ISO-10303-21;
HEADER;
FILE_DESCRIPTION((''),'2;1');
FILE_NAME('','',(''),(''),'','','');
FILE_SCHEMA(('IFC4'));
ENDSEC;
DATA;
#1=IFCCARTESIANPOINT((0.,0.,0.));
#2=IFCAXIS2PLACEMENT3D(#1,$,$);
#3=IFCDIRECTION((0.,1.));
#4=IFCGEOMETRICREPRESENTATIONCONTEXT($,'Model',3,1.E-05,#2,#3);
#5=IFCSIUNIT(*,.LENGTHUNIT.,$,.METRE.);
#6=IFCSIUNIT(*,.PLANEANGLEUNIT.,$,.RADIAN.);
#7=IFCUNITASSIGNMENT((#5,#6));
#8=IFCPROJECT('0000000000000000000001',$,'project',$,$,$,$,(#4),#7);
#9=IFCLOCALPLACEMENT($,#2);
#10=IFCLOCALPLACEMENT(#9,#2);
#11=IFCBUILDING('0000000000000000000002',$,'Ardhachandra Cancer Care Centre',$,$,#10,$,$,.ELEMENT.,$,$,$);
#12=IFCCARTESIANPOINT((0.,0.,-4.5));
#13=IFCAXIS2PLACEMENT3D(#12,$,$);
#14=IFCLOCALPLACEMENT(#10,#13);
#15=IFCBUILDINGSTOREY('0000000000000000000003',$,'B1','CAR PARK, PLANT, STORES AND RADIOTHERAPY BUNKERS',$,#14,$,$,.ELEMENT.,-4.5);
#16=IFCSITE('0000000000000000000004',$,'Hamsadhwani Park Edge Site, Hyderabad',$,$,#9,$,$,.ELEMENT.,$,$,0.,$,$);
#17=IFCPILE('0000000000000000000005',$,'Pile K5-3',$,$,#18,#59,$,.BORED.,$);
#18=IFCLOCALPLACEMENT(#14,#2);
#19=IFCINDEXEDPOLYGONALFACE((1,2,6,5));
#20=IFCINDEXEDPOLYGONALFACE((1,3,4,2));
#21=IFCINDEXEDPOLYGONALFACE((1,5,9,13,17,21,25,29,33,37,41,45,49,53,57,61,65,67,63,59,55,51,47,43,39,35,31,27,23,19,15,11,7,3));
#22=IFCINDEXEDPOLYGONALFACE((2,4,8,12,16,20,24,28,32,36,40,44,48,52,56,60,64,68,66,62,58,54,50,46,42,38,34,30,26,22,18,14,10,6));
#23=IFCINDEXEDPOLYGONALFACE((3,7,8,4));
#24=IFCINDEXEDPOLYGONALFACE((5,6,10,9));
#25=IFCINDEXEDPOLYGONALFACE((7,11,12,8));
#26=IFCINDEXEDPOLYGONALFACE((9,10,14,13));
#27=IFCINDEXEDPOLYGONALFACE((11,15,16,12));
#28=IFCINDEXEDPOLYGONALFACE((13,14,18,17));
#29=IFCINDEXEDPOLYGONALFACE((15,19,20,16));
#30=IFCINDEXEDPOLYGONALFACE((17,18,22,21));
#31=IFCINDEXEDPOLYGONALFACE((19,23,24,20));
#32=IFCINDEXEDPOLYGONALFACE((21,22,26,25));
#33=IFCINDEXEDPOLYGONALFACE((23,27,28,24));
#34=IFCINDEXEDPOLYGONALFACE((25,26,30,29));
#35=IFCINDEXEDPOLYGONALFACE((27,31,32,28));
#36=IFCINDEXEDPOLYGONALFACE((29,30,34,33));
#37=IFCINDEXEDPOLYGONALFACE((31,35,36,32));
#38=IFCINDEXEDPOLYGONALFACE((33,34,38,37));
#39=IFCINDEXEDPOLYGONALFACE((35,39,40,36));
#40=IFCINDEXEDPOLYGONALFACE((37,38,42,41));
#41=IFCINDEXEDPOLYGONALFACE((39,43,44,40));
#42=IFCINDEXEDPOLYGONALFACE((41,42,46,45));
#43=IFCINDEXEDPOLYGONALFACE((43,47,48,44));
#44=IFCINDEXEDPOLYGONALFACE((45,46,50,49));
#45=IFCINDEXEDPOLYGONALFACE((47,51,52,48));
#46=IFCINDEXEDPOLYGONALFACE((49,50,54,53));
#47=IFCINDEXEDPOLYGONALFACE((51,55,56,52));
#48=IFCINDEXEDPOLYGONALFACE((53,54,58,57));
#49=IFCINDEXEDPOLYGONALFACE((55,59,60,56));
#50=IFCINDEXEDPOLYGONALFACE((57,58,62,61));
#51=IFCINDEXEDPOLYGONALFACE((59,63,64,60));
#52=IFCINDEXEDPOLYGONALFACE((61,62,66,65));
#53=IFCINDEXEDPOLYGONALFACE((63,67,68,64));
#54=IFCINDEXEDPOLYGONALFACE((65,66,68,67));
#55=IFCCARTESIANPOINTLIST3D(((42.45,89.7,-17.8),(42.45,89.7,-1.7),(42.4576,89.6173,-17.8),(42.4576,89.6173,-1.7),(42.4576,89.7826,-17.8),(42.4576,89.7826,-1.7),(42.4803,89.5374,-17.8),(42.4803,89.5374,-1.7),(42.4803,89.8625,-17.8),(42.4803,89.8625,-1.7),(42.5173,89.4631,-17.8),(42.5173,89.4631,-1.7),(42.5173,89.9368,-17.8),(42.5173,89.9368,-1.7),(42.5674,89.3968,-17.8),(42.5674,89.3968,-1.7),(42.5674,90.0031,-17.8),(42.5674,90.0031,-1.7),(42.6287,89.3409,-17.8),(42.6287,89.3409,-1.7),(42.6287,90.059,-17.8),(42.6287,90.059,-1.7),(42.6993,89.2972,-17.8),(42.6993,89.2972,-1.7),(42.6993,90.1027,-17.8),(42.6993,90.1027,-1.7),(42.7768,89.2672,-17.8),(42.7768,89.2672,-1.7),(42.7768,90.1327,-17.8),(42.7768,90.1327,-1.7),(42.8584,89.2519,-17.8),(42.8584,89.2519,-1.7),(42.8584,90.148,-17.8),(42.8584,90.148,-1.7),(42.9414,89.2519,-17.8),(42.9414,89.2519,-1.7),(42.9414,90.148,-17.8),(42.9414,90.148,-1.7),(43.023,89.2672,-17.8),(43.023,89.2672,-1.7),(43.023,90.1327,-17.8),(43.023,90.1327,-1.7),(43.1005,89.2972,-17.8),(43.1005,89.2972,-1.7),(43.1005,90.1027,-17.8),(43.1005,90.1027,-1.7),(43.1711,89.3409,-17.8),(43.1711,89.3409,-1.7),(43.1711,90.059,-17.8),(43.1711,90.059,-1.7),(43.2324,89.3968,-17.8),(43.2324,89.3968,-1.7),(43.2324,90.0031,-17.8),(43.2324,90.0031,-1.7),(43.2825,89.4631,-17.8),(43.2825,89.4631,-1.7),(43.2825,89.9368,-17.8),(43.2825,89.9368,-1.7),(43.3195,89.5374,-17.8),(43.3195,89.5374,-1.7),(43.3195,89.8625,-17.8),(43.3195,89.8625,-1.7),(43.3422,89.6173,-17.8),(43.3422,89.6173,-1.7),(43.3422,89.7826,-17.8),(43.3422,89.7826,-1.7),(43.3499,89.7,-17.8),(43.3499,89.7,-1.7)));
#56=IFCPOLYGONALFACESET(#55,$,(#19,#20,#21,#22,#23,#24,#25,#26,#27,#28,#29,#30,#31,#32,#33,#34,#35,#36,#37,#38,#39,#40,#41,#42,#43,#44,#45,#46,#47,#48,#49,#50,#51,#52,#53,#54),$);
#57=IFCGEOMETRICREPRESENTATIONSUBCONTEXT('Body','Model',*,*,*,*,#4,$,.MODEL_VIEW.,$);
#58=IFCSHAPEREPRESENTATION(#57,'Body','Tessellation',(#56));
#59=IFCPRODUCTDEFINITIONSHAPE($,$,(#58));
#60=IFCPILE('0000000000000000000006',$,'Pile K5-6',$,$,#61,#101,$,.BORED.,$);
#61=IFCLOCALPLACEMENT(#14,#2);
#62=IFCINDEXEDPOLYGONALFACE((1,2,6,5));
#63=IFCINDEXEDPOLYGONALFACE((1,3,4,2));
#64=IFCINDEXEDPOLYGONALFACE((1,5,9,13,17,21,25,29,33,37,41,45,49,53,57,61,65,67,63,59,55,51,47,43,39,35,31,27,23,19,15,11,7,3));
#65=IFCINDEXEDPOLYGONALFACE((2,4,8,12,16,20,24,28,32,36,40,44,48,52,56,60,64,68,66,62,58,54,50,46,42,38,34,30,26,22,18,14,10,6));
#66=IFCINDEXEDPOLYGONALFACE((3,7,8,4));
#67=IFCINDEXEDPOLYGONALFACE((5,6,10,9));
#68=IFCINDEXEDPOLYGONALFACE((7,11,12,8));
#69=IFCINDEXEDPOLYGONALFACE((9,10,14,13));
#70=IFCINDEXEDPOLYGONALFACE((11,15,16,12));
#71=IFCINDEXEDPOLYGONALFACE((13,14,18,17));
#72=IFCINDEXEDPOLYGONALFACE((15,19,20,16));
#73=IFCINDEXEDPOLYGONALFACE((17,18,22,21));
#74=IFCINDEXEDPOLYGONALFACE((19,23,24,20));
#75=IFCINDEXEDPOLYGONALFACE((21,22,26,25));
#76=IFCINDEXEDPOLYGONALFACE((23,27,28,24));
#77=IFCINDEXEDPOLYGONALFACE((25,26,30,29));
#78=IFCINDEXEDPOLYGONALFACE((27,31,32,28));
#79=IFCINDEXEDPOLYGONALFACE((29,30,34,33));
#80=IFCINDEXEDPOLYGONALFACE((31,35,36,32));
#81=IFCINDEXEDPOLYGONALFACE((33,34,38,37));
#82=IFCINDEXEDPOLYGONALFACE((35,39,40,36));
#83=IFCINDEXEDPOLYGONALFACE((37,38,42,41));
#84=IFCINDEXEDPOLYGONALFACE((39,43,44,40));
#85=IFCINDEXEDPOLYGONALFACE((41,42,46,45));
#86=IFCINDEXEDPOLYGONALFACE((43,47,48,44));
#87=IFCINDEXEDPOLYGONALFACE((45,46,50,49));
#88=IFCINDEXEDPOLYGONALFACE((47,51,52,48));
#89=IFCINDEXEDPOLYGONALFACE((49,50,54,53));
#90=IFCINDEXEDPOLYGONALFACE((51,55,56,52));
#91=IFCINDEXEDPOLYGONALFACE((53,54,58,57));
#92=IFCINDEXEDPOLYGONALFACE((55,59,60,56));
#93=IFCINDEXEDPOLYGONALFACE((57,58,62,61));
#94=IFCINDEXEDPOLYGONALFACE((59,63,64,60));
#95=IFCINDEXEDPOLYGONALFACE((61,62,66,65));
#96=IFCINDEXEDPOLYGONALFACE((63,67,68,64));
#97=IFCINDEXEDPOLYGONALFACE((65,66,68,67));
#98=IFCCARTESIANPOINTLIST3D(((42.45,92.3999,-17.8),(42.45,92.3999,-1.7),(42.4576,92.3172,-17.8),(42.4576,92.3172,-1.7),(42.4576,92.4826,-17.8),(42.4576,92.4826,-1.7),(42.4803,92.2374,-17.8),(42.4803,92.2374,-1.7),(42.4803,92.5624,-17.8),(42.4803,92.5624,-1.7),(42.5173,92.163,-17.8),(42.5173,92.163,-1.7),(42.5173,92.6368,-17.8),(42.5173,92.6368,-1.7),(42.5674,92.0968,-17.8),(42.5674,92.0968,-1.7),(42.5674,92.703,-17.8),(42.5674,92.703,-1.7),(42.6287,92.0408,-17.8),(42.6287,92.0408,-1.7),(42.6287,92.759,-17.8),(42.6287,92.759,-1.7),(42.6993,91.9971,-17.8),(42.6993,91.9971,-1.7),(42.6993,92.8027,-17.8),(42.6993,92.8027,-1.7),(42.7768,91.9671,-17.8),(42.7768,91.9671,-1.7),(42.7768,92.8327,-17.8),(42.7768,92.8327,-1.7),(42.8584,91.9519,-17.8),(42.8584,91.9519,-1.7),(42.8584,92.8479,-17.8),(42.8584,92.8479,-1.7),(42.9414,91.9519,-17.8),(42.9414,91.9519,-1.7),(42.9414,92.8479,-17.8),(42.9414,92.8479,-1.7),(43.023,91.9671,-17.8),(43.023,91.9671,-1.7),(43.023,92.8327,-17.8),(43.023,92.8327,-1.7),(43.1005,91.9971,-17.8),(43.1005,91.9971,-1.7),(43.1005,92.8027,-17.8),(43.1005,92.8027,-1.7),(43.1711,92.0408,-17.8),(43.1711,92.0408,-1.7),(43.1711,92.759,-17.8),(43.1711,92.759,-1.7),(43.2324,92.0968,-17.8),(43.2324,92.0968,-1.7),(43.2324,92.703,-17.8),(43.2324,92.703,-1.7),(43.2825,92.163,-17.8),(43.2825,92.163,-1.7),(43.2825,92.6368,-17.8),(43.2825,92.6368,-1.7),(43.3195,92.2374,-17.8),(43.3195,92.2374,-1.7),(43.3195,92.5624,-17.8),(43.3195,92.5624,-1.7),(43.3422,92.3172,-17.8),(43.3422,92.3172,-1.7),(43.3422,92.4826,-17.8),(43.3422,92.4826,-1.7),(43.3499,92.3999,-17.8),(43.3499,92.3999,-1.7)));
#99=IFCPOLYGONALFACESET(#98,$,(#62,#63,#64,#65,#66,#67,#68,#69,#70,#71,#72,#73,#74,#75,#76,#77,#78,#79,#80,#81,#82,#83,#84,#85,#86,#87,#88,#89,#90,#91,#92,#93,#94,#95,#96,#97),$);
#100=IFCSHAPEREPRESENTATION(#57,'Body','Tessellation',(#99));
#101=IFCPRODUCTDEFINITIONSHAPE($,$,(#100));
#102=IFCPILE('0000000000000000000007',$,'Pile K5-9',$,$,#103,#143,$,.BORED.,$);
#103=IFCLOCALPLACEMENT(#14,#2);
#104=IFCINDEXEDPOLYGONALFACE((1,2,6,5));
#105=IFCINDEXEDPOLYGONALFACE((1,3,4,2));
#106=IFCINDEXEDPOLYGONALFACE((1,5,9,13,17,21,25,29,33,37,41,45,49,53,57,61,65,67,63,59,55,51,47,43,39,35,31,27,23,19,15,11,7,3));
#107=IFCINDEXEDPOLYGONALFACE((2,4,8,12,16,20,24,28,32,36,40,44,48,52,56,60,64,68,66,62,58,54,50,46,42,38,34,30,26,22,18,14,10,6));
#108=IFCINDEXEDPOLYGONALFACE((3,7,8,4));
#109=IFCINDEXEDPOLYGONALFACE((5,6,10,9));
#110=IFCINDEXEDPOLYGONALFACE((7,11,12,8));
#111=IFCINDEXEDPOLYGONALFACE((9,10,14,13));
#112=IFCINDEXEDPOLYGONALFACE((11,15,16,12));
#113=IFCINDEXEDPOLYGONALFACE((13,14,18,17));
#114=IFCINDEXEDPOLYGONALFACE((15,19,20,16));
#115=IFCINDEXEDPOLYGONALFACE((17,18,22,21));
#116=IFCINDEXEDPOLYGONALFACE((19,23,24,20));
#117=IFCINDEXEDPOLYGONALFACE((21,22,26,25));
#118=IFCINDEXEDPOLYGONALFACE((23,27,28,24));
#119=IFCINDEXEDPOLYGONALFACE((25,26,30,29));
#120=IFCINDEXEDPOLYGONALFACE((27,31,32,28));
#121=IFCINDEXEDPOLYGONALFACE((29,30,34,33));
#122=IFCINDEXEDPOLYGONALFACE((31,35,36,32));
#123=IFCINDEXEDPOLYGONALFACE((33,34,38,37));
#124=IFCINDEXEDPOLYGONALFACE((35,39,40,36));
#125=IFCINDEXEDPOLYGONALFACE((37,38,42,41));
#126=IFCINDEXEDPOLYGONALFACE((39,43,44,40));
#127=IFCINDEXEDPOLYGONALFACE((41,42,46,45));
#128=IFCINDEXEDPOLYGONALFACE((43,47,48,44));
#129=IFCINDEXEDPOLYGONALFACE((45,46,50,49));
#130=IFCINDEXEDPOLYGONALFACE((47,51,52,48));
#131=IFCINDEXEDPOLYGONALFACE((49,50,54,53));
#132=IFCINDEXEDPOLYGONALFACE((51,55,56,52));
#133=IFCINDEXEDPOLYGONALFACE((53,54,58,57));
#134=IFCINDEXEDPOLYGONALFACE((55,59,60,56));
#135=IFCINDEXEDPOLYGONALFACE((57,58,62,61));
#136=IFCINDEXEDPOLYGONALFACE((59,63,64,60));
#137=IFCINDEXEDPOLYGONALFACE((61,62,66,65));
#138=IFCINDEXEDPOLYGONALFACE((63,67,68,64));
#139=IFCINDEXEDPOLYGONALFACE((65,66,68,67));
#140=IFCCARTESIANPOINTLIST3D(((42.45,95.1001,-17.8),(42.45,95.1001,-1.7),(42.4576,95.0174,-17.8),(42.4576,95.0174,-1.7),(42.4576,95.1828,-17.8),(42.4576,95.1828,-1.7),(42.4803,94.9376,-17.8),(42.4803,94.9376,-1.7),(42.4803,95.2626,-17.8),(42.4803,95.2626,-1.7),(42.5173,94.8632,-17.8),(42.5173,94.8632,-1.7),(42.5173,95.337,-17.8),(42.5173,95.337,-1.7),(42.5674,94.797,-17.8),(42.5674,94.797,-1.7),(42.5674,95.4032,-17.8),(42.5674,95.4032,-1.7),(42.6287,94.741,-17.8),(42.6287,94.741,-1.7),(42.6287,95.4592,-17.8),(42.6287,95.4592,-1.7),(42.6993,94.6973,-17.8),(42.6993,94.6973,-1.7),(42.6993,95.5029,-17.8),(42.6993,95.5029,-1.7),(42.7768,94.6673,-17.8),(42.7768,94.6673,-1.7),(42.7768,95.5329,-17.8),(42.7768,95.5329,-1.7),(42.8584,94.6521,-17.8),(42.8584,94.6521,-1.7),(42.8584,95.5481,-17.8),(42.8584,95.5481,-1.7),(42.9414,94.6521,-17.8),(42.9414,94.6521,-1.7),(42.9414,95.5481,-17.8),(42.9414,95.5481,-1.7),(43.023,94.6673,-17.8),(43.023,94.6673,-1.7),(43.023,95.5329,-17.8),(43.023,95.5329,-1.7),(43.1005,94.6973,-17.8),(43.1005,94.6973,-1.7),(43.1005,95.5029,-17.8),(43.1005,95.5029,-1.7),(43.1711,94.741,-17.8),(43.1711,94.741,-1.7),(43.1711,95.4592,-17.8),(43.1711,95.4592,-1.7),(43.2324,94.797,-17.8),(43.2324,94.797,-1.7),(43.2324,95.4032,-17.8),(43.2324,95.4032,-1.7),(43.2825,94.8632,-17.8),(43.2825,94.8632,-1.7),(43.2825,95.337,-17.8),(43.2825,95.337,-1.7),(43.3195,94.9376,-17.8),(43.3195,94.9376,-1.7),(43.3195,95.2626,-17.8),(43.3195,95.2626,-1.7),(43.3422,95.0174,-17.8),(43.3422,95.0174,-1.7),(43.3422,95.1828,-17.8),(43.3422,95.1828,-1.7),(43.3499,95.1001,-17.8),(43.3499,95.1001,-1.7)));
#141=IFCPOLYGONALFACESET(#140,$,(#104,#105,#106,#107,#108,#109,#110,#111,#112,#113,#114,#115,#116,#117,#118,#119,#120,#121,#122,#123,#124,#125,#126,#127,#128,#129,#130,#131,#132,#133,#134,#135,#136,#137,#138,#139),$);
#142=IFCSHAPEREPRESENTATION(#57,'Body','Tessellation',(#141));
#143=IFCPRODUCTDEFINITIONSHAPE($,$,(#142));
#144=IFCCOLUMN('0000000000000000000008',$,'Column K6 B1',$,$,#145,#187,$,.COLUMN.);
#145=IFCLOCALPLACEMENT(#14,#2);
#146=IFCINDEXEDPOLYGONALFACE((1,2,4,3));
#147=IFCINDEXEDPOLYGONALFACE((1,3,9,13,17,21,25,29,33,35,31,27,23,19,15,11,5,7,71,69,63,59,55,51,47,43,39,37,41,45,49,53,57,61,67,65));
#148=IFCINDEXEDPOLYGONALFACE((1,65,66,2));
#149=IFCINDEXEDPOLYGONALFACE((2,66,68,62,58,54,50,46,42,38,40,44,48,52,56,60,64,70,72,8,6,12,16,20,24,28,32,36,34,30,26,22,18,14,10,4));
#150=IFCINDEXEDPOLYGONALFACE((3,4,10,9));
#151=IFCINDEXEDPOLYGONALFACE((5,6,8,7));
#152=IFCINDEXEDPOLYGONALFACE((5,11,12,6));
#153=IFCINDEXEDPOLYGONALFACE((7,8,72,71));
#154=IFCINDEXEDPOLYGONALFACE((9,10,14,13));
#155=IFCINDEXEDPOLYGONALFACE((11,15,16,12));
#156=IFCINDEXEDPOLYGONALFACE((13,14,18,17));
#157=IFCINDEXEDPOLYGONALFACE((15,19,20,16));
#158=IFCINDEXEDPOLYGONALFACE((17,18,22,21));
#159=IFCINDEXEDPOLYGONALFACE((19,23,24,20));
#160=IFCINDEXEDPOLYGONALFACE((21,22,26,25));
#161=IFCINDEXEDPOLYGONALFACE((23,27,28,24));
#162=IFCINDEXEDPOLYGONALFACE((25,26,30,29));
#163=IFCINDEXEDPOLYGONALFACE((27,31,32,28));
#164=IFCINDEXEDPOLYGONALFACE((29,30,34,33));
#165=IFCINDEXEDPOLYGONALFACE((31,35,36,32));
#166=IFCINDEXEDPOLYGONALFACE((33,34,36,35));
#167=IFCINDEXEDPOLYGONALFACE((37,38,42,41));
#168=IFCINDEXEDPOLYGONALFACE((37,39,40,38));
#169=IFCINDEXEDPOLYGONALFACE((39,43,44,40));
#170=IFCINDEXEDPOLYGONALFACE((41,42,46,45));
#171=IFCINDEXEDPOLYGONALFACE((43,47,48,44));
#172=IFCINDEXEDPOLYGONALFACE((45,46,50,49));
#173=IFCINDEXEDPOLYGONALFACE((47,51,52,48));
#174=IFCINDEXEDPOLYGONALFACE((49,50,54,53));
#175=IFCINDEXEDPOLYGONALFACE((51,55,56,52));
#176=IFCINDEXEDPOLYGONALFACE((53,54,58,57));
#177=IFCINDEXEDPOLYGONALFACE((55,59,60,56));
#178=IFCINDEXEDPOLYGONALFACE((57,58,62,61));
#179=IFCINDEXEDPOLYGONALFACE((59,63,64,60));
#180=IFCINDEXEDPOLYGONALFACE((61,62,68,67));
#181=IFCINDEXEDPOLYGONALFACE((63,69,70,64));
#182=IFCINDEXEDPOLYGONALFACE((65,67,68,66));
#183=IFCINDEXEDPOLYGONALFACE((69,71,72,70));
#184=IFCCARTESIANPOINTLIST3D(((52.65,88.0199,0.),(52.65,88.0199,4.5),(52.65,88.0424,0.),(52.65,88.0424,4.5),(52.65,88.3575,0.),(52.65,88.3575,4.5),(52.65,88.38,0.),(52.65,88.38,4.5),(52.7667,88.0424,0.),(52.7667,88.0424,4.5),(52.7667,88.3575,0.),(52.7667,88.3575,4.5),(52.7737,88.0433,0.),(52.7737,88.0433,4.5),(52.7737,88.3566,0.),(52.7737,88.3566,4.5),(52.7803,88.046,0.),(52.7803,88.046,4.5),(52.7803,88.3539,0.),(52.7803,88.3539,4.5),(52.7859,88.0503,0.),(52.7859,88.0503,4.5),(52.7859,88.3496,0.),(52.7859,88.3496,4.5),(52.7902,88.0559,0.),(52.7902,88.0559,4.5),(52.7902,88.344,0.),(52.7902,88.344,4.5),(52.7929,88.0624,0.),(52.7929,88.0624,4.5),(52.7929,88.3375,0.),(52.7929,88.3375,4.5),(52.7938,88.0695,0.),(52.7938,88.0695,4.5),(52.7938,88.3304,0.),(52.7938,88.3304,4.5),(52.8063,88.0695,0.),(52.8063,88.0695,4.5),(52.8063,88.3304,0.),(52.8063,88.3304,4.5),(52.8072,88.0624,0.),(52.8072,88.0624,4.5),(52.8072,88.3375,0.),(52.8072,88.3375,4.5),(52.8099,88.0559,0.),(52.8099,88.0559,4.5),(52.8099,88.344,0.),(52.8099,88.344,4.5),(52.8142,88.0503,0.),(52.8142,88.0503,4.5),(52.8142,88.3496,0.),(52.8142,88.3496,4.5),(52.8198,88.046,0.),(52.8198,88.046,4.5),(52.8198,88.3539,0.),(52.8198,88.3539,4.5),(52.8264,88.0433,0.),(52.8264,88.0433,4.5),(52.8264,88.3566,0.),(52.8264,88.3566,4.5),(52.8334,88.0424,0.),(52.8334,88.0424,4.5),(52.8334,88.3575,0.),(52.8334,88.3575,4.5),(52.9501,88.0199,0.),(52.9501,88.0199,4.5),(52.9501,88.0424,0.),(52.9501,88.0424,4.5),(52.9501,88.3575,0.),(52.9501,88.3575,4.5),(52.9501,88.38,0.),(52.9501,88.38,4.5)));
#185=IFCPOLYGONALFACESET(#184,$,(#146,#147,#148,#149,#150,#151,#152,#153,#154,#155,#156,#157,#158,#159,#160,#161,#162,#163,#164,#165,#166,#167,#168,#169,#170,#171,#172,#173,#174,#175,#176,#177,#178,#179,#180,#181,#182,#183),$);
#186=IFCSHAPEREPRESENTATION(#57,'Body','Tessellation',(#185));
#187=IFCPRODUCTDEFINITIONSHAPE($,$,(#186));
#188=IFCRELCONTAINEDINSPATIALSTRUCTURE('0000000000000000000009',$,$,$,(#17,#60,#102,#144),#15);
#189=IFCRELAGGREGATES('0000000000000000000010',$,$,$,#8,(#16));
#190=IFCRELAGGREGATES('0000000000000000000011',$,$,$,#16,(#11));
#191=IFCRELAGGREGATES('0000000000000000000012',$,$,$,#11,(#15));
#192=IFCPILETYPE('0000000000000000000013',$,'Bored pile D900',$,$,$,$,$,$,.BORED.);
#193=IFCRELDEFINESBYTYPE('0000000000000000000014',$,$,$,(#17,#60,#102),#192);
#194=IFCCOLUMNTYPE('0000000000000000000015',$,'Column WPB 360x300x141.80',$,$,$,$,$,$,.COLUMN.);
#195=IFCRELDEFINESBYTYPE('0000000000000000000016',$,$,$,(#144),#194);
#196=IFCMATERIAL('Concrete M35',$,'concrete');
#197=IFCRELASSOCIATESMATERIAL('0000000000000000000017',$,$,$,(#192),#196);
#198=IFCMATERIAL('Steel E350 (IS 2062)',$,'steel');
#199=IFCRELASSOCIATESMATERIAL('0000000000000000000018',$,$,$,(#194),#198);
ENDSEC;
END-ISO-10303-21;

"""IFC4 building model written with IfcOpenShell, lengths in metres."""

from ifc_helpers import new_model, si_unit, direction, frame, origin, origin_2d, place, context, subcontext, project, spatial, circle, i_section, extrude, material, material_profile, profile_set, type_object, element, save


model = new_model("IFC4")

# Units and contexts
model_context = context("Model", 3, precision=1e-05, world=origin(), true_north=direction((0.0, 1.0)))
body_context = subcontext(model_context, "Body", "Model", "MODEL_VIEW")
ifc_project = project(units=[si_unit("LENGTHUNIT", "METRE"), si_unit("PLANEANGLEUNIT", "RADIAN")], contexts=[model_context])

# Site, building, storey
site_placement = place(None, origin())
site = spatial("IfcSite", under=ifc_project, at=site_placement, Name="Hamsadhwani Park Edge Site, Hyderabad", CompositionType="ELEMENT", RefElevation=0.0)
building_placement = place(site_placement, origin())
building = spatial("IfcBuilding", under=site, at=building_placement, Name="Ardhachandra Cancer Care Centre", CompositionType="ELEMENT")
storey_placement = place(building_placement, frame((0.0, 0.0, -4.5)))
storey = spatial("IfcBuildingStorey", under=building, at=storey_placement, Name="B1", Description="CAR PARK, PLANT, STORES AND RADIOTHERAPY BUNKERS", CompositionType="ELEMENT", Elevation=-4.5)

# Piles
ifc_material_1 = material(Name="Concrete M35", Category="concrete")
ifc_material_profile_1 = material_profile(ifc_material_1, circle(Radius=0.45, at=origin_2d()), Name="D900")
ifc_profile_set_1 = profile_set([ifc_material_profile_1], Name="Concrete M35")
pile_type_1 = type_object("IfcPileType", Name="Bored pile D900", PredefinedType="BORED", material=ifc_profile_set_1)
for number, where, z_axis, x_axis, name in (
    (1, (42.8999, 89.7, -1.7), (0.0, 0.0, -1.0), (1.0, 0.0, 0.0), "Pile K5-3"),
    (2, (42.8999, 92.3999, -1.7), (0.0, 0.0, -1.0), (1.0, 0.0, 0.0), "Pile K5-6"),
    (3, (42.8999, 95.1001, -1.7), (0.0, 0.0, -1.0), (1.0, 0.0, 0.0), "Pile K5-9"),
):
    element("IfcPile", number, at=place(storey_placement, frame(where, z_axis=z_axis, x_axis=x_axis)), inside=storey, type_object=pile_type_1, Name=name, PredefinedType="BORED", context=body_context, shape_type="SweptSolid", body=[
        extrude(circle(Radius=0.45, at=origin_2d()), origin(), (0.0, 0.0, 1.0), 16.1001),
    ])

# Column
ifc_material_2 = material(Name="Steel E350 (IS 2062)", Category="steel")
ifc_material_profile_2 = material_profile(ifc_material_2, i_section(OverallWidth=0.3, OverallDepth=0.3601, WebThickness=0.0125, FlangeThickness=0.0225, FilletRadius=0.0271, at=origin_2d()), Name="WPB 360x300x141.80")
ifc_profile_set_2 = profile_set([ifc_material_profile_2], Name="Steel E350 (IS 2062)")
column_type = type_object("IfcColumnType", Name="Column WPB 360x300x141.80", PredefinedType="COLUMN", material=ifc_profile_set_2)
column_placement = place(storey_placement, frame((52.8, 88.2, 0.0), z_axis=(0.0, 0.0, 1.0), x_axis=(1.0, 0.0, 0.0)))
element("IfcColumn", 4, at=column_placement, inside=storey, type_object=column_type, Name="Column K6 B1", PredefinedType="COLUMN", context=body_context, shape_type="SweptSolid", body=[
    extrude(i_section(OverallWidth=0.3, OverallDepth=0.3601, WebThickness=0.0125, FlangeThickness=0.0225, FilletRadius=0.0271, at=origin_2d()), origin(), (0.0, 0.0, 1.0), 4.5),
])

save(model, "model.ifc")
